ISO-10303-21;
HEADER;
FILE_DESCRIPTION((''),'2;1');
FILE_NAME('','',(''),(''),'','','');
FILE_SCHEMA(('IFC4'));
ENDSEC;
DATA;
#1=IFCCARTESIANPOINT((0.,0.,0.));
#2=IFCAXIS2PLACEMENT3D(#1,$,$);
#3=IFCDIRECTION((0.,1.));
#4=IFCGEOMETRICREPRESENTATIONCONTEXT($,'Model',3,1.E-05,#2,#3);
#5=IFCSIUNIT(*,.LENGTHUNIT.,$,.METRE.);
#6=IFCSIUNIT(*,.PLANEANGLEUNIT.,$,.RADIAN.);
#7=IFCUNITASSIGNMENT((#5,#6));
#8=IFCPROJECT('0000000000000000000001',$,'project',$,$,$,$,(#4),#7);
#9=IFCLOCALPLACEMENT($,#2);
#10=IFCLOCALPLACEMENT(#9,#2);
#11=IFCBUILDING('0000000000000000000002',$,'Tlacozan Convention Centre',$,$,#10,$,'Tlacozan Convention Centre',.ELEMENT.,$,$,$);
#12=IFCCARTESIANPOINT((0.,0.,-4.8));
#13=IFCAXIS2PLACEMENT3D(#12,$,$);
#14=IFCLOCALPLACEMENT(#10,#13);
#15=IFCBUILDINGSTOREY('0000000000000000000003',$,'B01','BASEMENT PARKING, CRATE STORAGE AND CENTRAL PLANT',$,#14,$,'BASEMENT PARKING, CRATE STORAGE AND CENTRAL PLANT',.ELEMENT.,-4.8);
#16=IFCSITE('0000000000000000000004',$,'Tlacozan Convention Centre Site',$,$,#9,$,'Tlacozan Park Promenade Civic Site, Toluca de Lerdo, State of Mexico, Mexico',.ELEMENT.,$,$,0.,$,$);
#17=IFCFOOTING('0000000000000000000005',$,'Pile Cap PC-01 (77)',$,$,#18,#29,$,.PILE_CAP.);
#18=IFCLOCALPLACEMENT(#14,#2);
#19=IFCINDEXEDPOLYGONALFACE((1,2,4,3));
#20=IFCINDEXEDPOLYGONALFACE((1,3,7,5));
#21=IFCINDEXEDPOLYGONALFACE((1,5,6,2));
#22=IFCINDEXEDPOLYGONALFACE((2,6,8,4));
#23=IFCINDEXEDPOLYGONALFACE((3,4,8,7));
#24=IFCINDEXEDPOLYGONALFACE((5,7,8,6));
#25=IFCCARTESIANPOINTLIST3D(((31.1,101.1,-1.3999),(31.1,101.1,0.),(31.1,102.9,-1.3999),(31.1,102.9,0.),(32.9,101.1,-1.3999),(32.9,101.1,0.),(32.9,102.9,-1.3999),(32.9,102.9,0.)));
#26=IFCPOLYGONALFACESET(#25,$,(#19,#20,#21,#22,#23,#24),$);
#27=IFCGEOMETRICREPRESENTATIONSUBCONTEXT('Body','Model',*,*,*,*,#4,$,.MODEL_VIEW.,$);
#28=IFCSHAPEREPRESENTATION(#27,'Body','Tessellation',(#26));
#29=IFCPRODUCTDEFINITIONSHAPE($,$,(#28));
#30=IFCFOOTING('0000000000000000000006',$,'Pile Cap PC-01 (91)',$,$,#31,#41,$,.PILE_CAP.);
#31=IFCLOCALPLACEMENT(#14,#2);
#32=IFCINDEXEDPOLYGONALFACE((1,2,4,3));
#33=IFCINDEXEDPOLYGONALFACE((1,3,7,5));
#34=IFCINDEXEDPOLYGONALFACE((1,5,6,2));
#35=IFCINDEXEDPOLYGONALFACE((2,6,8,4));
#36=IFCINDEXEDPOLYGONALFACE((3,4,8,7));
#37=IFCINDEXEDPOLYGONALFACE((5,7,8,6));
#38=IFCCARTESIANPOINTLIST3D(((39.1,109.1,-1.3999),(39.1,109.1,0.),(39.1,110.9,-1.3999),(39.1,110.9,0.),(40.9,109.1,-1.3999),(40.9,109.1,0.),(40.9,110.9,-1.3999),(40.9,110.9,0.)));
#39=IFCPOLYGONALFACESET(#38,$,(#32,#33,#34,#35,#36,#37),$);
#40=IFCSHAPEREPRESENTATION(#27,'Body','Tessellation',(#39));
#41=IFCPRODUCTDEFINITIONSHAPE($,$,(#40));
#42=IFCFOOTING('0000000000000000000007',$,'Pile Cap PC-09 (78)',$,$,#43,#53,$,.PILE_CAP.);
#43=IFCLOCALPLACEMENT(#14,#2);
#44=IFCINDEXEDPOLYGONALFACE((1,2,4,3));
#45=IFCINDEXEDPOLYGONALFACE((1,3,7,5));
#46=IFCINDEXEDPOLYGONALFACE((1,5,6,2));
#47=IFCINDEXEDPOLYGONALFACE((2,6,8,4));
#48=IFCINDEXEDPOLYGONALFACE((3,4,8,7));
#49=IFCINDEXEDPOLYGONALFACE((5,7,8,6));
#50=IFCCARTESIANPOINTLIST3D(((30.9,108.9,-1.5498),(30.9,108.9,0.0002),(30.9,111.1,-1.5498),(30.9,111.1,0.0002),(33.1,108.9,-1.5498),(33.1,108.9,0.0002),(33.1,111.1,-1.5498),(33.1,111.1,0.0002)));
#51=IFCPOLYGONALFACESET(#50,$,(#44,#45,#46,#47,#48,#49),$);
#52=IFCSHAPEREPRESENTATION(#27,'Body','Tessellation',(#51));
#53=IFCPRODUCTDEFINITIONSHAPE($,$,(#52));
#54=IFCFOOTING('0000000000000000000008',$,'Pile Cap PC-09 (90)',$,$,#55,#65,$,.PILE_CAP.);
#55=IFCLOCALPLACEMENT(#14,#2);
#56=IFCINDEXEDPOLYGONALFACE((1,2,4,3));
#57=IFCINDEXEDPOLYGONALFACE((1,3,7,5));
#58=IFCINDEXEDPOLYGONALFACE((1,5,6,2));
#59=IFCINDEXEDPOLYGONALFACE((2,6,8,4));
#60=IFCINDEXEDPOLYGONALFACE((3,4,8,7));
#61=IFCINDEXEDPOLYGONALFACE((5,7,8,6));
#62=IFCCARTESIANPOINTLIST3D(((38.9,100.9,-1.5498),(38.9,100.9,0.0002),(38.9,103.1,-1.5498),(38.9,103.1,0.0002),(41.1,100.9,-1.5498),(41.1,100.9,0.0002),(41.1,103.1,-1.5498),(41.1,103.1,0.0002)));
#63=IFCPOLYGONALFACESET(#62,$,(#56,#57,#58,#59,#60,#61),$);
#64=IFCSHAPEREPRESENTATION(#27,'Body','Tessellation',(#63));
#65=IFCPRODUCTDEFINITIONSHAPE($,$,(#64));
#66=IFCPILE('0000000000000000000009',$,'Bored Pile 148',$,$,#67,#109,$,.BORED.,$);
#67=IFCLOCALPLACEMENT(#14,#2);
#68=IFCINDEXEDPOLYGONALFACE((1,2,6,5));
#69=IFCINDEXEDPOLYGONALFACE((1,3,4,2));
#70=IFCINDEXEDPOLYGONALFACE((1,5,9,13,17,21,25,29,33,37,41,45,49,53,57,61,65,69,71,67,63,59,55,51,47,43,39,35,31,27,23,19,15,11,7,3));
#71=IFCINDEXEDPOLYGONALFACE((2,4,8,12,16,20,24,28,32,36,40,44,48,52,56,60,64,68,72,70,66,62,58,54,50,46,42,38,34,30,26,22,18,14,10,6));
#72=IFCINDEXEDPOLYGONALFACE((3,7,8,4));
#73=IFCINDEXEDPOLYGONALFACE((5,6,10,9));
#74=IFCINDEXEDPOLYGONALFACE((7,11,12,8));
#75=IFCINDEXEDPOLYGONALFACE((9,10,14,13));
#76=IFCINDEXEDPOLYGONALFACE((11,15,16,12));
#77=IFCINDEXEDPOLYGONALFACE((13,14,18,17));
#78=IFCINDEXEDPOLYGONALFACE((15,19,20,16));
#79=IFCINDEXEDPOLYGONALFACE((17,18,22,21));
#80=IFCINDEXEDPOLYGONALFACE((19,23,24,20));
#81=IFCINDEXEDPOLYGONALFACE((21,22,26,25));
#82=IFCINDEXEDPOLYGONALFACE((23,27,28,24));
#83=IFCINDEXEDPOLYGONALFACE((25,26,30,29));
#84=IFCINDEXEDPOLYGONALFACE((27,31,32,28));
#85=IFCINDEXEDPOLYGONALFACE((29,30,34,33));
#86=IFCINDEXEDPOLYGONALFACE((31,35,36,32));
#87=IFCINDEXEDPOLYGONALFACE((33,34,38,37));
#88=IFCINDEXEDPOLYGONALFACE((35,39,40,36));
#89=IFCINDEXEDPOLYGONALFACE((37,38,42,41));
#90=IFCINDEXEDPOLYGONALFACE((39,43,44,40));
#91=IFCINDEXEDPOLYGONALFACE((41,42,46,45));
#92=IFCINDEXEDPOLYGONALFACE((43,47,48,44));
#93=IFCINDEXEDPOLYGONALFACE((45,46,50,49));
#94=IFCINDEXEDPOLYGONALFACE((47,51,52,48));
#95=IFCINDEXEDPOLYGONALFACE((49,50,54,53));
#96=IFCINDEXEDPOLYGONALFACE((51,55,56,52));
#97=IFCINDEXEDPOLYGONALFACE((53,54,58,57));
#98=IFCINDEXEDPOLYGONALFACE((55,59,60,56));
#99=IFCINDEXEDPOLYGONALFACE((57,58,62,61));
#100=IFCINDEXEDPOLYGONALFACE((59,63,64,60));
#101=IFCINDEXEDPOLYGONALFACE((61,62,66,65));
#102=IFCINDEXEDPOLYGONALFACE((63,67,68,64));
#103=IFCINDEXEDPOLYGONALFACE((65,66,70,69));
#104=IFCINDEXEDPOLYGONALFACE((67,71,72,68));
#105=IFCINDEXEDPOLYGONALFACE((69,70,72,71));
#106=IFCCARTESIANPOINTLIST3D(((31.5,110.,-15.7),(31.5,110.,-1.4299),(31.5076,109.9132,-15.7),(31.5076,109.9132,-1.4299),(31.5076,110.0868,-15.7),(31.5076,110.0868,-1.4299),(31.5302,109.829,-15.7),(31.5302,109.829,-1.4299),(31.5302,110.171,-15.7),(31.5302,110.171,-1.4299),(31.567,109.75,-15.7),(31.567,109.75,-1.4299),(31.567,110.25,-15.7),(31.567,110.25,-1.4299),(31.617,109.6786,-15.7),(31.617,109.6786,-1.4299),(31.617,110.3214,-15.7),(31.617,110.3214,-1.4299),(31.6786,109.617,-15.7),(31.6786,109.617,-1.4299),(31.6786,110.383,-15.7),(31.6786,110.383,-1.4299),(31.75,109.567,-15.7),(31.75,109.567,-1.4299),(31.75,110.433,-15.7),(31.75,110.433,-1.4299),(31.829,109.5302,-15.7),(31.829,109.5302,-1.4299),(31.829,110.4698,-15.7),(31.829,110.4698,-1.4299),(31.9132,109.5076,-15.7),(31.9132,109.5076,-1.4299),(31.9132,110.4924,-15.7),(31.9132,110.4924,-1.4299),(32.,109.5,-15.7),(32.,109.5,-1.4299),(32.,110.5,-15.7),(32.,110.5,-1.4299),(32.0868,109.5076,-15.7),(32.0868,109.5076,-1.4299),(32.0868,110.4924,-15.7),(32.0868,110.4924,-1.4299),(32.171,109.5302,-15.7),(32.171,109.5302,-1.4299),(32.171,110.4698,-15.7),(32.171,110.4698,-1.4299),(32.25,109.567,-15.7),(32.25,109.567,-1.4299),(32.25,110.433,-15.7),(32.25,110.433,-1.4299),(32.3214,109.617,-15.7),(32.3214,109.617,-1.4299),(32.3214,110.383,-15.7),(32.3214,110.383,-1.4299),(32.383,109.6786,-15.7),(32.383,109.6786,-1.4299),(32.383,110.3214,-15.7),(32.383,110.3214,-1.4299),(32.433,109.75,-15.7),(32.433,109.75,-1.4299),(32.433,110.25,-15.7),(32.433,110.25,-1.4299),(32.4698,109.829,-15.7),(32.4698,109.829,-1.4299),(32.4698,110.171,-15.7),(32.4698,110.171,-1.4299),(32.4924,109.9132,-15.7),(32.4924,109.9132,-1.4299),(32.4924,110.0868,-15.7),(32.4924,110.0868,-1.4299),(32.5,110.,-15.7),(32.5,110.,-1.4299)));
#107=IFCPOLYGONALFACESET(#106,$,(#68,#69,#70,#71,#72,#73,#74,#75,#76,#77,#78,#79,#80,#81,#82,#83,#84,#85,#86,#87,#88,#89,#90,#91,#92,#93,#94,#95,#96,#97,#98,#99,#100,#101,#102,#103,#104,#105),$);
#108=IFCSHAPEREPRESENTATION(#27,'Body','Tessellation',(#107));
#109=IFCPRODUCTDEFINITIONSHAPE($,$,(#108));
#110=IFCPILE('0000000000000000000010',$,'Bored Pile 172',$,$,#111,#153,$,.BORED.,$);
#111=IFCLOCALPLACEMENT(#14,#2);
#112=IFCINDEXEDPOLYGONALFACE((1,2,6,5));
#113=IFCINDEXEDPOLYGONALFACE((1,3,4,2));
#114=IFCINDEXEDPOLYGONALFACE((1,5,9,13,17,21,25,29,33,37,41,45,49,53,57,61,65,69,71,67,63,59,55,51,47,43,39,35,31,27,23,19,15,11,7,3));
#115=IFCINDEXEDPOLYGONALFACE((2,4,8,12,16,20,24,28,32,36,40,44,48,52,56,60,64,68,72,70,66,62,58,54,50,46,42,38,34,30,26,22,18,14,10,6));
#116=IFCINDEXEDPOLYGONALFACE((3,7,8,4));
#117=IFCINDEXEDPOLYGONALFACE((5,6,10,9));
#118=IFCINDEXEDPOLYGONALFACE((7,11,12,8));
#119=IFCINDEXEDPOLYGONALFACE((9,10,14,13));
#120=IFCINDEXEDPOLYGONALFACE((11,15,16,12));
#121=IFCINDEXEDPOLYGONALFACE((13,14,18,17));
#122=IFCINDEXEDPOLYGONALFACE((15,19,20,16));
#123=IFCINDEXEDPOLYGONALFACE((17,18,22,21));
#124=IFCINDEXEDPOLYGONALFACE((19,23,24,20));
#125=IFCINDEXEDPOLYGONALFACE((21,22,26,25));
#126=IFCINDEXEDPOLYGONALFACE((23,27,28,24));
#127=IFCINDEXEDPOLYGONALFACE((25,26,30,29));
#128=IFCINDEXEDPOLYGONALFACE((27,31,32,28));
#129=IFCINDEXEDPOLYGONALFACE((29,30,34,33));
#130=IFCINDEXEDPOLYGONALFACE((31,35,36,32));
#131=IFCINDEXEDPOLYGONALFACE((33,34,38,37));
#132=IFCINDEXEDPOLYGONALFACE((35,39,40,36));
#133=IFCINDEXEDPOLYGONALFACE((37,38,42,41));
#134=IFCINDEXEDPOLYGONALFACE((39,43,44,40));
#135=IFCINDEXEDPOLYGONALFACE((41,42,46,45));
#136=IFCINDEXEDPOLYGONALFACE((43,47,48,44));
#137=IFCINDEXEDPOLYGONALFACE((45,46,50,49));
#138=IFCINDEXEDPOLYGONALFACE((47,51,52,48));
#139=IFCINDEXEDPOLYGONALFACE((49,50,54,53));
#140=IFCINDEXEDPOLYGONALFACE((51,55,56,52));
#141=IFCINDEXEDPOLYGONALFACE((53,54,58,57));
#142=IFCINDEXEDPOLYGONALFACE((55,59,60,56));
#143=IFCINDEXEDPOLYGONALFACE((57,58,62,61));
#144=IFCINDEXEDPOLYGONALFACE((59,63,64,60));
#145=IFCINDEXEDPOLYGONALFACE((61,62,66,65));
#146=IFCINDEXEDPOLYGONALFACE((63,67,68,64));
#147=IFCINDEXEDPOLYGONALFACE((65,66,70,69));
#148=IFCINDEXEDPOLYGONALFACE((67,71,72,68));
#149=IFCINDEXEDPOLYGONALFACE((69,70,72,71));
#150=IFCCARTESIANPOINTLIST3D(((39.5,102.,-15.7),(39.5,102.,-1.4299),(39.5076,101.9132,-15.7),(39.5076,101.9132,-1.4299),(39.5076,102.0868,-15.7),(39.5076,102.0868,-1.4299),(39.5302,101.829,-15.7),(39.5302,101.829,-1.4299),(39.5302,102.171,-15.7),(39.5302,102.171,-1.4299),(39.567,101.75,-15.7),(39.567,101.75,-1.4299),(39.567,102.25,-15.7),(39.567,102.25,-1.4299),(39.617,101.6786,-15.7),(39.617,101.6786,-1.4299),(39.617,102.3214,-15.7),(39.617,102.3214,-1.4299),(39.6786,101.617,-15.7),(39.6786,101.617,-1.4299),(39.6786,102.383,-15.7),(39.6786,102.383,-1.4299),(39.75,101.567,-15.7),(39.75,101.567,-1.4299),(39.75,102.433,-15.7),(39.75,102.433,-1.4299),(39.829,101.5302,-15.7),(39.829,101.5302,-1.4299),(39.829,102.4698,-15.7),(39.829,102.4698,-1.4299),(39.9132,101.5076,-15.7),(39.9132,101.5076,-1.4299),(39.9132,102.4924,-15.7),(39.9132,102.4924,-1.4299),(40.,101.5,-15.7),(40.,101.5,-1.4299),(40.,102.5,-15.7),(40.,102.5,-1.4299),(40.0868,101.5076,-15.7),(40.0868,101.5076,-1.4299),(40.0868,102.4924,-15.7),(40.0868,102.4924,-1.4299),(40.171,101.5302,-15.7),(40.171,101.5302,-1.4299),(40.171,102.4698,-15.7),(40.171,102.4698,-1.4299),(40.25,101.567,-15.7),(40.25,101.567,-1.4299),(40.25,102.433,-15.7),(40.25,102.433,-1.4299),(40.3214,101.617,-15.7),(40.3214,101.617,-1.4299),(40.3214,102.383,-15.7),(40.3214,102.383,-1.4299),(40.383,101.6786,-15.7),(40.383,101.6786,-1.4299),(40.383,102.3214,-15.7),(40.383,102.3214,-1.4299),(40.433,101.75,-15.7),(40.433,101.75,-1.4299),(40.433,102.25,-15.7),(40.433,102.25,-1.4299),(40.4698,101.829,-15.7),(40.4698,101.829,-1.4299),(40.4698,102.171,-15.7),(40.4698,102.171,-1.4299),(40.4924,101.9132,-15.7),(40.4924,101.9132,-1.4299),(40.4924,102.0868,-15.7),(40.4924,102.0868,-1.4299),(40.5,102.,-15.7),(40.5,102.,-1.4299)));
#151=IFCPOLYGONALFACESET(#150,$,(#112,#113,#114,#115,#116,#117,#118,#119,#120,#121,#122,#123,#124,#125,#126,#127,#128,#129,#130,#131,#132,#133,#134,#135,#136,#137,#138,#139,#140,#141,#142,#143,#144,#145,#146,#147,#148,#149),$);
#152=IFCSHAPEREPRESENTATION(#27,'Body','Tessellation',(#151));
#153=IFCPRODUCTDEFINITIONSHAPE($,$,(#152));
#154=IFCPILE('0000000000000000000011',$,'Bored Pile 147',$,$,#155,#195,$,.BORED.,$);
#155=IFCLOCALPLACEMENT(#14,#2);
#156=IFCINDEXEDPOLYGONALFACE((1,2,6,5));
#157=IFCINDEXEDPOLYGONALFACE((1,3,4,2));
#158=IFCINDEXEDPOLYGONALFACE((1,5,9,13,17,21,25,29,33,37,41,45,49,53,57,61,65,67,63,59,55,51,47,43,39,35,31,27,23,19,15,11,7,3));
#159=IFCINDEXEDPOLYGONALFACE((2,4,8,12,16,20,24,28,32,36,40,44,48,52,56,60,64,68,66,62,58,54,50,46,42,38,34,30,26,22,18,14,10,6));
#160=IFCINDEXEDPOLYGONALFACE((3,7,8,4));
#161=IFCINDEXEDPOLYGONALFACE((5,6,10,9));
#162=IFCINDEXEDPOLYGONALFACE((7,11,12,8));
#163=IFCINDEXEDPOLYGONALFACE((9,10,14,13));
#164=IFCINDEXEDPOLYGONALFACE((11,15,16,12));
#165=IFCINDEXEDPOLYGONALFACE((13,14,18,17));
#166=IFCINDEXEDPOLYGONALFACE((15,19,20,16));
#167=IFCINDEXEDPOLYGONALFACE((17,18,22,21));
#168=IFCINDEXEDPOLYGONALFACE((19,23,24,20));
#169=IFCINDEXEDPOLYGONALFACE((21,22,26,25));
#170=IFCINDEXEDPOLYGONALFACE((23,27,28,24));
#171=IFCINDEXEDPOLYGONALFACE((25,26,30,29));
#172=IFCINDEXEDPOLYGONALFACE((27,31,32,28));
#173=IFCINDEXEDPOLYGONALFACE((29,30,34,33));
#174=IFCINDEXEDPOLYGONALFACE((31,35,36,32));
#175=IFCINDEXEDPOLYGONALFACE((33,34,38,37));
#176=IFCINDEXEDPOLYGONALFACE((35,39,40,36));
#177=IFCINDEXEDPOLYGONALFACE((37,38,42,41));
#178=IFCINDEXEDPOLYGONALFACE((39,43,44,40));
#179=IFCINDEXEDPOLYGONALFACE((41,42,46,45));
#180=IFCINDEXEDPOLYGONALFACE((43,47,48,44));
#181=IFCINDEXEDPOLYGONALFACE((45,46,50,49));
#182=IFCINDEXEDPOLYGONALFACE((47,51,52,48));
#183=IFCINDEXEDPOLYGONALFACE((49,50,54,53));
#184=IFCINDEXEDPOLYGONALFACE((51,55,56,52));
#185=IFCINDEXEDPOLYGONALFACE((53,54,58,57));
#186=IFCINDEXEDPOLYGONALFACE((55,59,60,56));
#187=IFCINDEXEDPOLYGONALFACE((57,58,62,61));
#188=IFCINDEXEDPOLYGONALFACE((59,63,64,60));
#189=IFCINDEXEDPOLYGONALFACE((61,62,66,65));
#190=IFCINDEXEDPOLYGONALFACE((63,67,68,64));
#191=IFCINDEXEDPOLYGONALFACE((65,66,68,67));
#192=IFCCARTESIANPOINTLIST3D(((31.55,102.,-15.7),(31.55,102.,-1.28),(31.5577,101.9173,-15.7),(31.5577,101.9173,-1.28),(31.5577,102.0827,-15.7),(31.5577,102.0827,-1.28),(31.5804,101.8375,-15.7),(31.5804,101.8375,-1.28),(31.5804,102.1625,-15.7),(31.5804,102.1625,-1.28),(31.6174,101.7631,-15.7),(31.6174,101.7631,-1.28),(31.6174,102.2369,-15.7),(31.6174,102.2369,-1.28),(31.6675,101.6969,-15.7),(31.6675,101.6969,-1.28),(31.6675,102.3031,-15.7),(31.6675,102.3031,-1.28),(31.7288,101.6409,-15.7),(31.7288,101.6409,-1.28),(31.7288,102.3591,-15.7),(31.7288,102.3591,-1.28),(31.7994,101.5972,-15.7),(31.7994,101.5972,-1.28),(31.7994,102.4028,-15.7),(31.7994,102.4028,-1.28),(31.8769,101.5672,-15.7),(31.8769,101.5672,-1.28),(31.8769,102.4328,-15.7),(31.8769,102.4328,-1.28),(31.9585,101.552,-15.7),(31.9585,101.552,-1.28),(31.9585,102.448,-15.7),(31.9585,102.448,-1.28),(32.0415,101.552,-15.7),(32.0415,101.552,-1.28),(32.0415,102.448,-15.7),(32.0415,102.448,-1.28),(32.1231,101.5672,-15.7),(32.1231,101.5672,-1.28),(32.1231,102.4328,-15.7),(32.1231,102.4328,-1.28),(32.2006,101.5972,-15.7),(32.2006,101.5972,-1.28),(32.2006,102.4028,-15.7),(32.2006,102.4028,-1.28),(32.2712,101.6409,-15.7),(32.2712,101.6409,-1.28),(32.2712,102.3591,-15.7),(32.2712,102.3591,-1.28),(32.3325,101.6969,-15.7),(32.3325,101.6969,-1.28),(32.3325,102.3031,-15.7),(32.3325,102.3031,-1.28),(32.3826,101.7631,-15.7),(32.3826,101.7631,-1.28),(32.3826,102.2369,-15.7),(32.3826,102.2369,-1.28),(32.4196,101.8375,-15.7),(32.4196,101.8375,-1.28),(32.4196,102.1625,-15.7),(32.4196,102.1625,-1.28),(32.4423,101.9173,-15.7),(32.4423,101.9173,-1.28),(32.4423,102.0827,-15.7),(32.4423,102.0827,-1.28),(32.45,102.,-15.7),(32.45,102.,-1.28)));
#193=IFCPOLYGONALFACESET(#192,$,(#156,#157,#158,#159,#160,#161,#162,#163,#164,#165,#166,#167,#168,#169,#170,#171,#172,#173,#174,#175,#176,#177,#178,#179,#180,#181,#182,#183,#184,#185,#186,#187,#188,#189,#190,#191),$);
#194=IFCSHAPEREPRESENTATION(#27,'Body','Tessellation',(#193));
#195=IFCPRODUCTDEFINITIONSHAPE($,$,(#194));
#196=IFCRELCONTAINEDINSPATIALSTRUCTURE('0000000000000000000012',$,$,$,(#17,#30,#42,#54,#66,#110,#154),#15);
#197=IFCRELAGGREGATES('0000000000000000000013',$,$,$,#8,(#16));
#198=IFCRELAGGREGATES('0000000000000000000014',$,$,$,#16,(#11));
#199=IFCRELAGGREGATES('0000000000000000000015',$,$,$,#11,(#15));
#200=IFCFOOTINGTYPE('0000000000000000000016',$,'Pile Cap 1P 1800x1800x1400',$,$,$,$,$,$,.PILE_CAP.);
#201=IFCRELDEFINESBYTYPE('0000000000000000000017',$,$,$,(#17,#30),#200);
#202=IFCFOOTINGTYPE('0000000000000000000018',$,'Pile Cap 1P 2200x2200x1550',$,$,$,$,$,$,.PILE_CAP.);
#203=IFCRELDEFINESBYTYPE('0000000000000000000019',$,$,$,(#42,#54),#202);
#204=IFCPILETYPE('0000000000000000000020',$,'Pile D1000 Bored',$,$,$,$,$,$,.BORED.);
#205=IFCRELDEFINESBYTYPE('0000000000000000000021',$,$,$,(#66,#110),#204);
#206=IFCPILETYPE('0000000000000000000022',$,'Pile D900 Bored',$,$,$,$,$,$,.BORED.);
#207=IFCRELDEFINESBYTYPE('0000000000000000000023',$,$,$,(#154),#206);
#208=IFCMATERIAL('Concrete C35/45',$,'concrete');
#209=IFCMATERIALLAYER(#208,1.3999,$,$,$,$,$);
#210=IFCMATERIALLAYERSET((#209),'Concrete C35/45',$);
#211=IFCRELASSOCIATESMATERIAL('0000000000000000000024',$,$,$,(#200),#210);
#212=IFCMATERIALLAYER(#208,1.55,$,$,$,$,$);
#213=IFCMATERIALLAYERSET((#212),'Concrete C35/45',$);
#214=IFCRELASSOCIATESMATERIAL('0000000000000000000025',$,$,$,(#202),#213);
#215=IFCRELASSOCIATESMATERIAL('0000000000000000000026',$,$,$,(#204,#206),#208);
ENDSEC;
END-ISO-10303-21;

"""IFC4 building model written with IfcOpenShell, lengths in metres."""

from ifc_helpers import new_model, si_unit, direction, frame, origin, origin_2d, place, context, subcontext, project, spatial, rectangle, circle, extrude, material, layer, layer_set, material_profile, profile_set, type_object, element, save


model = new_model("IFC4")

# Units and contexts
model_context = context("Model", 3, precision=1e-05, world=origin(), true_north=direction((0.0, 1.0)))
body_context = subcontext(model_context, "Body", "Model", "MODEL_VIEW")
ifc_project = project(units=[si_unit("LENGTHUNIT", "METRE"), si_unit("PLANEANGLEUNIT", "RADIAN")], contexts=[model_context])

# Site, building, storey
site_placement = place(None, origin())
site = spatial("IfcSite", under=ifc_project, at=site_placement, Name="Tlacozan Convention Centre Site", LongName="Tlacozan Park Promenade Civic Site, Toluca de Lerdo, State of Mexico, Mexico", CompositionType="ELEMENT", RefElevation=0.0)
building_placement = place(site_placement, origin())
building = spatial("IfcBuilding", under=site, at=building_placement, Name="Tlacozan Convention Centre", LongName="Tlacozan Convention Centre", CompositionType="ELEMENT")
storey_placement = place(building_placement, frame((0.0, 0.0, -4.8)))
storey = spatial("IfcBuildingStorey", under=building, at=storey_placement, Name="B01", Description="BASEMENT PARKING, CRATE STORAGE AND CENTRAL PLANT", LongName="BASEMENT PARKING, CRATE STORAGE AND CENTRAL PLANT", CompositionType="ELEMENT", Elevation=-4.8)

# Footings
ifc_material_1 = material(Name="Concrete C35/45", Category="concrete")
ifc_layer_1 = layer(ifc_material_1, 1.3999)
ifc_layer_set_1 = layer_set([ifc_layer_1], Name="Concrete C35/45")
footing_type_1 = type_object("IfcFootingType", Name="Pile Cap 1P 1800x1800x1400", PredefinedType="PILE_CAP", material=ifc_layer_set_1)
for number, where, z_axis, x_axis, name in (
    (1, (32.0, 102.0, -1.3999), (0.0, 0.0, 1.0), (1.0, 0.0, 0.0), "Pile Cap PC-01 (77)"),
    (2, (40.0, 110.0, -1.3999), (0.0, 0.0, 1.0), (1.0, 0.0, 0.0), "Pile Cap PC-01 (91)"),
):
    element("IfcFooting", number, at=place(storey_placement, frame(where, z_axis=z_axis, x_axis=x_axis)), inside=storey, type_object=footing_type_1, Name=name, PredefinedType="PILE_CAP", context=body_context, shape_type="SweptSolid", body=[
        extrude(rectangle(XDim=1.8, YDim=1.8, at=origin_2d()), origin(), (0.0, 0.0, 1.0), 1.3999),
    ])
ifc_layer_2 = layer(ifc_material_1, 1.55)
ifc_layer_set_2 = layer_set([ifc_layer_2], Name="Concrete C35/45")
footing_type_2 = type_object("IfcFootingType", Name="Pile Cap 1P 2200x2200x1550", PredefinedType="PILE_CAP", material=ifc_layer_set_2)
for number, where, z_axis, x_axis, name in (
    (3, (32.0, 110.0, -1.5498), (0.0, 0.0, 1.0), (1.0, 0.0, 0.0), "Pile Cap PC-09 (78)"),
    (4, (40.0, 102.0, -1.5498), (0.0, 0.0, 1.0), (1.0, 0.0, 0.0), "Pile Cap PC-09 (90)"),
):
    element("IfcFooting", number, at=place(storey_placement, frame(where, z_axis=z_axis, x_axis=x_axis)), inside=storey, type_object=footing_type_2, Name=name, PredefinedType="PILE_CAP", context=body_context, shape_type="SweptSolid", body=[
        extrude(rectangle(XDim=2.2, YDim=2.2, at=origin_2d()), origin(), (0.0, 0.0, 1.0), 1.55),
    ])

# Piles
ifc_material_profile_1 = material_profile(ifc_material_1, circle(Radius=0.5, at=origin_2d()), Name="PILE D1000")
ifc_profile_set_1 = profile_set([ifc_material_profile_1], Name="Concrete C35/45")
pile_type_1 = type_object("IfcPileType", Name="Pile D1000 Bored", PredefinedType="BORED", material=ifc_profile_set_1)
for number, where, z_axis, x_axis, name in (
    (5, (32.0, 110.0, -1.4299), (0.0, 0.0, -1.0), (1.0, 0.0, 0.0), "Bored Pile 148"),
    (6, (40.0, 102.0, -1.4299), (0.0, 0.0, -1.0), (1.0, 0.0, 0.0), "Bored Pile 172"),
):
    element("IfcPile", number, at=place(storey_placement, frame(where, z_axis=z_axis, x_axis=x_axis)), inside=storey, type_object=pile_type_1, Name=name, PredefinedType="BORED", context=body_context, shape_type="SweptSolid", body=[
        extrude(circle(Radius=0.5, at=origin_2d()), origin(), (0.0, 0.0, 1.0), 14.27),
    ])
ifc_material_profile_2 = material_profile(ifc_material_1, circle(Radius=0.45, at=origin_2d()), Name="PILE D900")
ifc_profile_set_2 = profile_set([ifc_material_profile_2], Name="Concrete C35/45")
pile_type_2 = type_object("IfcPileType", Name="Pile D900 Bored", PredefinedType="BORED", material=ifc_profile_set_2)
for number, where, z_axis, x_axis, name in (
    (7, (32.0, 102.0, -1.28), (0.0, 0.0, -1.0), (1.0, 0.0, 0.0), "Bored Pile 147"),
):
    element("IfcPile", number, at=place(storey_placement, frame(where, z_axis=z_axis, x_axis=x_axis)), inside=storey, type_object=pile_type_2, Name=name, PredefinedType="BORED", context=body_context, shape_type="SweptSolid", body=[
        extrude(circle(Radius=0.45, at=origin_2d()), origin(), (0.0, 0.0, 1.0), 14.4199),
    ])

save(model, "model.ifc")
